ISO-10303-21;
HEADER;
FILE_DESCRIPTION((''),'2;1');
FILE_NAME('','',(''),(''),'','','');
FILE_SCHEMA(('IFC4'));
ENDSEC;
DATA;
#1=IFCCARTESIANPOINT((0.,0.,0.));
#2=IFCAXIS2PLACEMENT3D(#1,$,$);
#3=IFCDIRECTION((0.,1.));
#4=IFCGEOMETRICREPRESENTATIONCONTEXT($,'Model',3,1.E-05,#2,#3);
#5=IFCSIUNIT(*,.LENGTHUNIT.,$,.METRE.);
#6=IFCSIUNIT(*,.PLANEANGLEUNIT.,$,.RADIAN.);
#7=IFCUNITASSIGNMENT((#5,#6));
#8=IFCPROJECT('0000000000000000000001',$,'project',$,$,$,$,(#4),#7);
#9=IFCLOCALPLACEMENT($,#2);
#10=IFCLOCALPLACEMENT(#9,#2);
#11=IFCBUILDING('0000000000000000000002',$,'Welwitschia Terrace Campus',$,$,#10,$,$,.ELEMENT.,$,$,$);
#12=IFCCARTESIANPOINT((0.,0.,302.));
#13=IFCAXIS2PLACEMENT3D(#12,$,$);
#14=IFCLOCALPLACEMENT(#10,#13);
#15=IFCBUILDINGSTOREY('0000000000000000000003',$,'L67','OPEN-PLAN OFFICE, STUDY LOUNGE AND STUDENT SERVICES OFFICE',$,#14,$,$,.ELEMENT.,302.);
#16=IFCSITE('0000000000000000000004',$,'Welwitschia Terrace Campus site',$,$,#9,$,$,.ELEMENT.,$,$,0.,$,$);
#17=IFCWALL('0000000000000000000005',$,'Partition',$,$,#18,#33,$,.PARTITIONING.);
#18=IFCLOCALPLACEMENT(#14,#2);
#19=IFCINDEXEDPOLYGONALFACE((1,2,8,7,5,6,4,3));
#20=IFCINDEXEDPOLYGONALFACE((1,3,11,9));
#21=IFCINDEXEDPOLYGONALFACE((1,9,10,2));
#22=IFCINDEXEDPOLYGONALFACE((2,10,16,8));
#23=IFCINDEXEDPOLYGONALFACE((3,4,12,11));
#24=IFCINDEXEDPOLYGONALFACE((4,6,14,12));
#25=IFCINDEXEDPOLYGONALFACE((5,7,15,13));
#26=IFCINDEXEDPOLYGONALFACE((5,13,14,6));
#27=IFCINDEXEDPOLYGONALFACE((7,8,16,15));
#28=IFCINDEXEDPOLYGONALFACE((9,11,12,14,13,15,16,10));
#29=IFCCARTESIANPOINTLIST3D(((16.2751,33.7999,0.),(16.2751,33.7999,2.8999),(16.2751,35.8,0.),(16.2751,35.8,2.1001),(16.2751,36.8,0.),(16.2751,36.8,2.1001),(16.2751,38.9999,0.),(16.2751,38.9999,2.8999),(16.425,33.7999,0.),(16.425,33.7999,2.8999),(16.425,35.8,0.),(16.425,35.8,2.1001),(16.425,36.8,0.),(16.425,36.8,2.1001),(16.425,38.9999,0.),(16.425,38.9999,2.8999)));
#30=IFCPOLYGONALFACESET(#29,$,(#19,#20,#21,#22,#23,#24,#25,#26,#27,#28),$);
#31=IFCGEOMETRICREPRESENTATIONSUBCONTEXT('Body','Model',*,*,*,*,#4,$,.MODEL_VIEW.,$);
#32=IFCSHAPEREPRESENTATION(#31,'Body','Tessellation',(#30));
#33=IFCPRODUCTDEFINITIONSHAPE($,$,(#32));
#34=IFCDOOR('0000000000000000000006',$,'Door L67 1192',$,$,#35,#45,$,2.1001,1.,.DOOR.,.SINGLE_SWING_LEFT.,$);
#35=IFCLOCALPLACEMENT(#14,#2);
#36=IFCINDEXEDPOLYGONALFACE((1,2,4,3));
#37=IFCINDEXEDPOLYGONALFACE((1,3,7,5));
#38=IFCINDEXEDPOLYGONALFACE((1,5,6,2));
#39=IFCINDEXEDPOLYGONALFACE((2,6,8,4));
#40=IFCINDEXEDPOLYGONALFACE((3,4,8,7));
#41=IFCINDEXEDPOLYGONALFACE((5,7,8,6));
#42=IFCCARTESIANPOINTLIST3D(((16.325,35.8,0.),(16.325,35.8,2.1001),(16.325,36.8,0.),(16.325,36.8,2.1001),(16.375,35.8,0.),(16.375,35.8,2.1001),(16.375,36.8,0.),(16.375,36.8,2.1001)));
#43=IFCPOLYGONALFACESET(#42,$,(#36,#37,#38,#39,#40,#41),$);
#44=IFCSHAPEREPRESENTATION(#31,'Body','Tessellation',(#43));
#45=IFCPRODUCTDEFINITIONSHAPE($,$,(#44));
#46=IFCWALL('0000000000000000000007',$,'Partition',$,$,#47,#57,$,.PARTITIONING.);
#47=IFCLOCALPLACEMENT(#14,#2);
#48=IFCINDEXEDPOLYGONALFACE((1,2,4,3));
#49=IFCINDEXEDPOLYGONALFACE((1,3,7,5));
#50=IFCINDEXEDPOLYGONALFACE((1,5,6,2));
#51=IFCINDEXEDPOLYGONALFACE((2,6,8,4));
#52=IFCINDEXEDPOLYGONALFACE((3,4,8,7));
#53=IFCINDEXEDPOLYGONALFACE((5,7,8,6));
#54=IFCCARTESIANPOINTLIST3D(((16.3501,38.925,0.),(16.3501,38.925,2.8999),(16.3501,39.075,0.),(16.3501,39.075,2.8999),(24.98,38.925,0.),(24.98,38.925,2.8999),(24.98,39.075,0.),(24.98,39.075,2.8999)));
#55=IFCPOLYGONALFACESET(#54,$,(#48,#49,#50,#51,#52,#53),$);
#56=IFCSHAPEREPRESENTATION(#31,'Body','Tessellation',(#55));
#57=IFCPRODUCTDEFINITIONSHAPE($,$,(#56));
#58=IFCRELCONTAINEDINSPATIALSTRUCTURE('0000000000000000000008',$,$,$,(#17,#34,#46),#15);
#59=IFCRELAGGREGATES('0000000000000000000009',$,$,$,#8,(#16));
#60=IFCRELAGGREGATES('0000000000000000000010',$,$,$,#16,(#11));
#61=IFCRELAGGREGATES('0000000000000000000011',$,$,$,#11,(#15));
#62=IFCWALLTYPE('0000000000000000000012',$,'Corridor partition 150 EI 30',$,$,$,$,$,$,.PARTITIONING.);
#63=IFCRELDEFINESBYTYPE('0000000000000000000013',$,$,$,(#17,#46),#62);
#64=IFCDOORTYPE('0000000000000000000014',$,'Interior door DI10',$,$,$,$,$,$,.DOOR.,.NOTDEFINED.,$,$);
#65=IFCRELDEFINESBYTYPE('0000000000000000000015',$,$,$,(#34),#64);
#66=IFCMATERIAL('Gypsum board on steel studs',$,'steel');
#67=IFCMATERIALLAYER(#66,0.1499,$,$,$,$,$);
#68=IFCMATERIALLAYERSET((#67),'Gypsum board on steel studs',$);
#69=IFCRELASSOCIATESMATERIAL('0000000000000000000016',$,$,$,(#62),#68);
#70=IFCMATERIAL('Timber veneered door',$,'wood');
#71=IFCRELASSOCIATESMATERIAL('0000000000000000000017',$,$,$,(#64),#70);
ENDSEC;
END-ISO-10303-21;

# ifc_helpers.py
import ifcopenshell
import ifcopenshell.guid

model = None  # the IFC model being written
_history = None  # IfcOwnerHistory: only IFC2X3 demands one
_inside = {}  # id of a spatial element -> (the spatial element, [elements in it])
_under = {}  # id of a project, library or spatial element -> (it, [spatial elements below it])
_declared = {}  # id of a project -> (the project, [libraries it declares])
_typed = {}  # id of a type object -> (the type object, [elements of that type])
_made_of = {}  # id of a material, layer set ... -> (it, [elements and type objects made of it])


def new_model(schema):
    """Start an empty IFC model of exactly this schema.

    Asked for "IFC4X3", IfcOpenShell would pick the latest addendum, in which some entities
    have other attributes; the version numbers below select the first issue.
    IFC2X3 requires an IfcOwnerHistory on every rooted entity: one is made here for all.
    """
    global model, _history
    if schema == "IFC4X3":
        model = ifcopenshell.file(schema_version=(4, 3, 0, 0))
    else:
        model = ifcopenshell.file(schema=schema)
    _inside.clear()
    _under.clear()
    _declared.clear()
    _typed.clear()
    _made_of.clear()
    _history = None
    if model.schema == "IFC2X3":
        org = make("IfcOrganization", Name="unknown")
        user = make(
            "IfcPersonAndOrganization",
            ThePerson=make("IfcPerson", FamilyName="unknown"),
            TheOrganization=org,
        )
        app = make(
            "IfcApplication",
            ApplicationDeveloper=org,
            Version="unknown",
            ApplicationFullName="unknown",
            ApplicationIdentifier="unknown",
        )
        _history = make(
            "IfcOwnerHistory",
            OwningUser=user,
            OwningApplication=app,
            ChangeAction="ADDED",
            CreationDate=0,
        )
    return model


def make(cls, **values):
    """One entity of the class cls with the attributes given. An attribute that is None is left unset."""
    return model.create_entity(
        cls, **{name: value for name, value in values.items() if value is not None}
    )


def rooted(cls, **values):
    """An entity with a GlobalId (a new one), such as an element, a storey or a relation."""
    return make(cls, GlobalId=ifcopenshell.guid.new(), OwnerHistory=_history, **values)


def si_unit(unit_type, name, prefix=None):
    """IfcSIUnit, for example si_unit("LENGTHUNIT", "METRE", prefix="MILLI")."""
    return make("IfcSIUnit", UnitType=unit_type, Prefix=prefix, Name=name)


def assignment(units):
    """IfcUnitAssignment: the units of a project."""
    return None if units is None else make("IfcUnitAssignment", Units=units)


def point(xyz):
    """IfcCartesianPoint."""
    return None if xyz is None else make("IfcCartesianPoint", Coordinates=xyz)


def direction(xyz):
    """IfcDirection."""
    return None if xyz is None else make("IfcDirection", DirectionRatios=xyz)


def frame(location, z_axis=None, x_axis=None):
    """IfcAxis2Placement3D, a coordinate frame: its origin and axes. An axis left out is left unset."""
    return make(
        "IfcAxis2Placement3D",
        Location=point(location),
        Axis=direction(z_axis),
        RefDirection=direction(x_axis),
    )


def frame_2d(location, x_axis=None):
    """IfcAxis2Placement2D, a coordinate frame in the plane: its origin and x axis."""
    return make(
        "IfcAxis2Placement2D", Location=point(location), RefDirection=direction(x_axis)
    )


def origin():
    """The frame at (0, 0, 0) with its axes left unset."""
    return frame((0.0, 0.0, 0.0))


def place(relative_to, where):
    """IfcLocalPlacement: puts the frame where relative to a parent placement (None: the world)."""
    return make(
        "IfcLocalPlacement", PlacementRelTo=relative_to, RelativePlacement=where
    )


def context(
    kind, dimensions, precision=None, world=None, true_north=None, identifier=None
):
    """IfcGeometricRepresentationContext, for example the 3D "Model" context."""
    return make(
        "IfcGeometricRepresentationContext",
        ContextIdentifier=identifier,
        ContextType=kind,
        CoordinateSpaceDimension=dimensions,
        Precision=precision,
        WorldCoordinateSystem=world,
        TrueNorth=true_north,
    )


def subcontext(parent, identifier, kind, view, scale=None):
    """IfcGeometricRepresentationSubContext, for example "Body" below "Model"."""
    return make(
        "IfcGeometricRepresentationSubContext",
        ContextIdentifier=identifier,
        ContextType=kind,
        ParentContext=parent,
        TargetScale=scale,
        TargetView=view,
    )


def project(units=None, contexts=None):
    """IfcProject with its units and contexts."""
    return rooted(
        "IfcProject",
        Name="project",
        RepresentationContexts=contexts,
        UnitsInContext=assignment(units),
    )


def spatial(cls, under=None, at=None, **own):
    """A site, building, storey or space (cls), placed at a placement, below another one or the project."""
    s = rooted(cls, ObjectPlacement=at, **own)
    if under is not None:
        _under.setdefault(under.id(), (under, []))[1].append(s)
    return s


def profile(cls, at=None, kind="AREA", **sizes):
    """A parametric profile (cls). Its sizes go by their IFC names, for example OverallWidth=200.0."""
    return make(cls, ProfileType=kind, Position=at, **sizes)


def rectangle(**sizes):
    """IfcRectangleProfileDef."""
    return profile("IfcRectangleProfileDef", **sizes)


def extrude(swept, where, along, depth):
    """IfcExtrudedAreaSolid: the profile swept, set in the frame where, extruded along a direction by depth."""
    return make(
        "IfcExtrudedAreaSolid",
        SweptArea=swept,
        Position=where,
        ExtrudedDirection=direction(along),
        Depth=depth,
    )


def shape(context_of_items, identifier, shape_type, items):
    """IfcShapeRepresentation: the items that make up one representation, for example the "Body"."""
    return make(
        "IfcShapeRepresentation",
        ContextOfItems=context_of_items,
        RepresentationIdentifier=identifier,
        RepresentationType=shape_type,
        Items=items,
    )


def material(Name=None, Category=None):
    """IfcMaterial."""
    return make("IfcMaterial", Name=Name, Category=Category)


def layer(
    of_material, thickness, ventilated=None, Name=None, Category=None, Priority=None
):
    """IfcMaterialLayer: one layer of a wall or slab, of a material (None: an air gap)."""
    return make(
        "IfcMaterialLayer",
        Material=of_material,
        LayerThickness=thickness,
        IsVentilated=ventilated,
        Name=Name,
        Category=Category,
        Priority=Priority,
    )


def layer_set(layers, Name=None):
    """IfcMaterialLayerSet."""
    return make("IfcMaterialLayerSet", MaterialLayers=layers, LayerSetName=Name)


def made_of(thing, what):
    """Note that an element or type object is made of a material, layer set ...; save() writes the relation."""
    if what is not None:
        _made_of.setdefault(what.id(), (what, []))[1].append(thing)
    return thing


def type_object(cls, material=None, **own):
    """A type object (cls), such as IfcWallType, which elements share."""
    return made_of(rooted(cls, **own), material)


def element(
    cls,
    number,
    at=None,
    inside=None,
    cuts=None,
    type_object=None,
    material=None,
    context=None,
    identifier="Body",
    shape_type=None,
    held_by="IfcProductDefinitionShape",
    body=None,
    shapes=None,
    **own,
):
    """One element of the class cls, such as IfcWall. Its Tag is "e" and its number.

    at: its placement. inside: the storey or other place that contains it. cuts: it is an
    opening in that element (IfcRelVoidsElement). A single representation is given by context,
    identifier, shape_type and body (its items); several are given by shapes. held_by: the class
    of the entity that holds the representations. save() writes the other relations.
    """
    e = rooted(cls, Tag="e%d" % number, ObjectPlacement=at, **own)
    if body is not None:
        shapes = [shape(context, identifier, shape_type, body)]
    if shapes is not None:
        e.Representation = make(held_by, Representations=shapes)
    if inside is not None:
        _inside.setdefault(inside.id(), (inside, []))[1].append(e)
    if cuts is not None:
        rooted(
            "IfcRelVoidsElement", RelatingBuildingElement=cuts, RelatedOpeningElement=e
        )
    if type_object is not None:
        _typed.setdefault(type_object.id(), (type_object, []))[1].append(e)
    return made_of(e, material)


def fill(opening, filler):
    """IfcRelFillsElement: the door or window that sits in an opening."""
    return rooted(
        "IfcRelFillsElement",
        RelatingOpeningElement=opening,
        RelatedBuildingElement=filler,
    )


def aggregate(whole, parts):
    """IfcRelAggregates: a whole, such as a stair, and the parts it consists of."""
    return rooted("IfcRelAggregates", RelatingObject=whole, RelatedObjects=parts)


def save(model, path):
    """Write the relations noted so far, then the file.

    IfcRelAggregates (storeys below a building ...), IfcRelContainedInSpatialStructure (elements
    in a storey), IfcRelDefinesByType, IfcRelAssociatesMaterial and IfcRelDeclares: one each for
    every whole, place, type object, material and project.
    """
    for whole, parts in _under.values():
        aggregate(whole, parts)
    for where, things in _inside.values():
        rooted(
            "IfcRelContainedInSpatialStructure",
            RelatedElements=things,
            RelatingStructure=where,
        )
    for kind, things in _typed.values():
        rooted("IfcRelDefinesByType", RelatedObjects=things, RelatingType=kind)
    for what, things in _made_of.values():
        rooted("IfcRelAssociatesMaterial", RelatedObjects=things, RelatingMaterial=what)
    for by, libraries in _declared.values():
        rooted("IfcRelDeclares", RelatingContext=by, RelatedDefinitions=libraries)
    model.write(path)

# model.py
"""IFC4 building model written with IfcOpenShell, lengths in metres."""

from ifc_helpers import new_model, si_unit, direction, frame, frame_2d, origin, place, context, subcontext, project, spatial, rectangle, extrude, material, layer, layer_set, type_object, element, fill, save


model = new_model("IFC4")

# Units and contexts
model_context = context("Model", 3, precision=1e-05, world=origin(), true_north=direction((0.0, 1.0)))
body_context = subcontext(model_context, "Body", "Model", "MODEL_VIEW")
ifc_project = project(units=[si_unit("LENGTHUNIT", "METRE"), si_unit("PLANEANGLEUNIT", "RADIAN")], contexts=[model_context])

# Site, building, storey
site_placement = place(None, origin())
site = spatial("IfcSite", under=ifc_project, at=site_placement, Name="Welwitschia Terrace Campus site", CompositionType="ELEMENT", RefElevation=0.0)
building_placement = place(site_placement, origin())
building = spatial("IfcBuilding", under=site, at=building_placement, Name="Welwitschia Terrace Campus", CompositionType="ELEMENT")
storey_placement = place(building_placement, frame((0.0, 0.0, 302.0)))
storey = spatial("IfcBuildingStorey", under=building, at=storey_placement, Name="L67", Description="OPEN-PLAN OFFICE, STUDY LOUNGE AND STUDENT SERVICES OFFICE", CompositionType="ELEMENT", Elevation=302.0)

# Shared definitions
ifc_material_1 = material(Name="Gypsum board on steel studs", Category="steel")
ifc_layer_1 = layer(ifc_material_1, 0.1499)
ifc_layer_set_1 = layer_set([ifc_layer_1], Name="Gypsum board on steel studs")
wall_type = type_object("IfcWallType", Name="Corridor partition 150 EI 30", PredefinedType="PARTITIONING", material=ifc_layer_set_1)
ifc_material_2 = material(Name="Timber veneered door", Category="wood")
door_type_1 = type_object("IfcDoorType", Name="Interior door DI10", OperationType="NOTDEFINED", PredefinedType="DOOR", material=ifc_material_2)

# Wall, opening, door
wall_1_placement = place(storey_placement, frame((16.3501, 39.0, 0.0), z_axis=(0.0, 0.0, 1.0), x_axis=(0.0, -1.0, 0.0)))
wall_1 = element("IfcWall", 1, at=wall_1_placement, inside=storey, type_object=wall_type, Name="Partition", PredefinedType="PARTITIONING", context=body_context, shape_type="SweptSolid", body=[
    extrude(rectangle(XDim=5.2, YDim=0.1499, at=frame_2d((2.6001, 0.0))), origin(), (0.0, 0.0, 1.0), 2.8999),
])
opening_1_placement = place(wall_1_placement, frame((2.2, 0.0, 0.0)))
opening_1 = element("IfcOpeningElement", 2, at=opening_1_placement, cuts=wall_1, PredefinedType="OPENING", context=body_context, shape_type="SweptSolid", body=[
    extrude(rectangle(XDim=1.0, YDim=2.1001, at=frame_2d((0.5, 1.05))), frame((0.0, 0.085, 0.0), z_axis=(0.0, -1.0, 0.0), x_axis=(1.0, 0.0, 0.0)), (0.0, 0.0, 1.0), 0.1699),
])
door_1_placement = place(opening_1_placement, origin())
door_1 = element("IfcDoor", 3, at=door_1_placement, inside=storey, type_object=door_type_1, Name="Door L67 1192", OperationType="SINGLE_SWING_LEFT", OverallHeight=2.1001, OverallWidth=1.0, PredefinedType="DOOR", context=body_context, shape_type="SweptSolid", body=[
    extrude(rectangle(XDim=1.0, YDim=2.1001, at=frame_2d((0.5, 1.05))), frame((0.0, 0.0249, 0.0), z_axis=(0.0, -1.0, 0.0), x_axis=(1.0, 0.0, 0.0)), (0.0, 0.0, 1.0), 0.05),
])
fill(opening_1, door_1)

# Wall
wall_2_placement = place(storey_placement, frame((16.3501, 39.0, 0.0), z_axis=(0.0, 0.0, 1.0), x_axis=(1.0, 0.0, 0.0)))
element("IfcWall", 4, at=wall_2_placement, inside=storey, type_object=wall_type, Name="Partition", PredefinedType="PARTITIONING", context=body_context, shape_type="SweptSolid", body=[
    extrude(rectangle(XDim=8.6299, YDim=0.1499, at=frame_2d((4.3149, 0.0))), origin(), (0.0, 0.0, 1.0), 2.8999),
])

save(model, "model.ifc")
